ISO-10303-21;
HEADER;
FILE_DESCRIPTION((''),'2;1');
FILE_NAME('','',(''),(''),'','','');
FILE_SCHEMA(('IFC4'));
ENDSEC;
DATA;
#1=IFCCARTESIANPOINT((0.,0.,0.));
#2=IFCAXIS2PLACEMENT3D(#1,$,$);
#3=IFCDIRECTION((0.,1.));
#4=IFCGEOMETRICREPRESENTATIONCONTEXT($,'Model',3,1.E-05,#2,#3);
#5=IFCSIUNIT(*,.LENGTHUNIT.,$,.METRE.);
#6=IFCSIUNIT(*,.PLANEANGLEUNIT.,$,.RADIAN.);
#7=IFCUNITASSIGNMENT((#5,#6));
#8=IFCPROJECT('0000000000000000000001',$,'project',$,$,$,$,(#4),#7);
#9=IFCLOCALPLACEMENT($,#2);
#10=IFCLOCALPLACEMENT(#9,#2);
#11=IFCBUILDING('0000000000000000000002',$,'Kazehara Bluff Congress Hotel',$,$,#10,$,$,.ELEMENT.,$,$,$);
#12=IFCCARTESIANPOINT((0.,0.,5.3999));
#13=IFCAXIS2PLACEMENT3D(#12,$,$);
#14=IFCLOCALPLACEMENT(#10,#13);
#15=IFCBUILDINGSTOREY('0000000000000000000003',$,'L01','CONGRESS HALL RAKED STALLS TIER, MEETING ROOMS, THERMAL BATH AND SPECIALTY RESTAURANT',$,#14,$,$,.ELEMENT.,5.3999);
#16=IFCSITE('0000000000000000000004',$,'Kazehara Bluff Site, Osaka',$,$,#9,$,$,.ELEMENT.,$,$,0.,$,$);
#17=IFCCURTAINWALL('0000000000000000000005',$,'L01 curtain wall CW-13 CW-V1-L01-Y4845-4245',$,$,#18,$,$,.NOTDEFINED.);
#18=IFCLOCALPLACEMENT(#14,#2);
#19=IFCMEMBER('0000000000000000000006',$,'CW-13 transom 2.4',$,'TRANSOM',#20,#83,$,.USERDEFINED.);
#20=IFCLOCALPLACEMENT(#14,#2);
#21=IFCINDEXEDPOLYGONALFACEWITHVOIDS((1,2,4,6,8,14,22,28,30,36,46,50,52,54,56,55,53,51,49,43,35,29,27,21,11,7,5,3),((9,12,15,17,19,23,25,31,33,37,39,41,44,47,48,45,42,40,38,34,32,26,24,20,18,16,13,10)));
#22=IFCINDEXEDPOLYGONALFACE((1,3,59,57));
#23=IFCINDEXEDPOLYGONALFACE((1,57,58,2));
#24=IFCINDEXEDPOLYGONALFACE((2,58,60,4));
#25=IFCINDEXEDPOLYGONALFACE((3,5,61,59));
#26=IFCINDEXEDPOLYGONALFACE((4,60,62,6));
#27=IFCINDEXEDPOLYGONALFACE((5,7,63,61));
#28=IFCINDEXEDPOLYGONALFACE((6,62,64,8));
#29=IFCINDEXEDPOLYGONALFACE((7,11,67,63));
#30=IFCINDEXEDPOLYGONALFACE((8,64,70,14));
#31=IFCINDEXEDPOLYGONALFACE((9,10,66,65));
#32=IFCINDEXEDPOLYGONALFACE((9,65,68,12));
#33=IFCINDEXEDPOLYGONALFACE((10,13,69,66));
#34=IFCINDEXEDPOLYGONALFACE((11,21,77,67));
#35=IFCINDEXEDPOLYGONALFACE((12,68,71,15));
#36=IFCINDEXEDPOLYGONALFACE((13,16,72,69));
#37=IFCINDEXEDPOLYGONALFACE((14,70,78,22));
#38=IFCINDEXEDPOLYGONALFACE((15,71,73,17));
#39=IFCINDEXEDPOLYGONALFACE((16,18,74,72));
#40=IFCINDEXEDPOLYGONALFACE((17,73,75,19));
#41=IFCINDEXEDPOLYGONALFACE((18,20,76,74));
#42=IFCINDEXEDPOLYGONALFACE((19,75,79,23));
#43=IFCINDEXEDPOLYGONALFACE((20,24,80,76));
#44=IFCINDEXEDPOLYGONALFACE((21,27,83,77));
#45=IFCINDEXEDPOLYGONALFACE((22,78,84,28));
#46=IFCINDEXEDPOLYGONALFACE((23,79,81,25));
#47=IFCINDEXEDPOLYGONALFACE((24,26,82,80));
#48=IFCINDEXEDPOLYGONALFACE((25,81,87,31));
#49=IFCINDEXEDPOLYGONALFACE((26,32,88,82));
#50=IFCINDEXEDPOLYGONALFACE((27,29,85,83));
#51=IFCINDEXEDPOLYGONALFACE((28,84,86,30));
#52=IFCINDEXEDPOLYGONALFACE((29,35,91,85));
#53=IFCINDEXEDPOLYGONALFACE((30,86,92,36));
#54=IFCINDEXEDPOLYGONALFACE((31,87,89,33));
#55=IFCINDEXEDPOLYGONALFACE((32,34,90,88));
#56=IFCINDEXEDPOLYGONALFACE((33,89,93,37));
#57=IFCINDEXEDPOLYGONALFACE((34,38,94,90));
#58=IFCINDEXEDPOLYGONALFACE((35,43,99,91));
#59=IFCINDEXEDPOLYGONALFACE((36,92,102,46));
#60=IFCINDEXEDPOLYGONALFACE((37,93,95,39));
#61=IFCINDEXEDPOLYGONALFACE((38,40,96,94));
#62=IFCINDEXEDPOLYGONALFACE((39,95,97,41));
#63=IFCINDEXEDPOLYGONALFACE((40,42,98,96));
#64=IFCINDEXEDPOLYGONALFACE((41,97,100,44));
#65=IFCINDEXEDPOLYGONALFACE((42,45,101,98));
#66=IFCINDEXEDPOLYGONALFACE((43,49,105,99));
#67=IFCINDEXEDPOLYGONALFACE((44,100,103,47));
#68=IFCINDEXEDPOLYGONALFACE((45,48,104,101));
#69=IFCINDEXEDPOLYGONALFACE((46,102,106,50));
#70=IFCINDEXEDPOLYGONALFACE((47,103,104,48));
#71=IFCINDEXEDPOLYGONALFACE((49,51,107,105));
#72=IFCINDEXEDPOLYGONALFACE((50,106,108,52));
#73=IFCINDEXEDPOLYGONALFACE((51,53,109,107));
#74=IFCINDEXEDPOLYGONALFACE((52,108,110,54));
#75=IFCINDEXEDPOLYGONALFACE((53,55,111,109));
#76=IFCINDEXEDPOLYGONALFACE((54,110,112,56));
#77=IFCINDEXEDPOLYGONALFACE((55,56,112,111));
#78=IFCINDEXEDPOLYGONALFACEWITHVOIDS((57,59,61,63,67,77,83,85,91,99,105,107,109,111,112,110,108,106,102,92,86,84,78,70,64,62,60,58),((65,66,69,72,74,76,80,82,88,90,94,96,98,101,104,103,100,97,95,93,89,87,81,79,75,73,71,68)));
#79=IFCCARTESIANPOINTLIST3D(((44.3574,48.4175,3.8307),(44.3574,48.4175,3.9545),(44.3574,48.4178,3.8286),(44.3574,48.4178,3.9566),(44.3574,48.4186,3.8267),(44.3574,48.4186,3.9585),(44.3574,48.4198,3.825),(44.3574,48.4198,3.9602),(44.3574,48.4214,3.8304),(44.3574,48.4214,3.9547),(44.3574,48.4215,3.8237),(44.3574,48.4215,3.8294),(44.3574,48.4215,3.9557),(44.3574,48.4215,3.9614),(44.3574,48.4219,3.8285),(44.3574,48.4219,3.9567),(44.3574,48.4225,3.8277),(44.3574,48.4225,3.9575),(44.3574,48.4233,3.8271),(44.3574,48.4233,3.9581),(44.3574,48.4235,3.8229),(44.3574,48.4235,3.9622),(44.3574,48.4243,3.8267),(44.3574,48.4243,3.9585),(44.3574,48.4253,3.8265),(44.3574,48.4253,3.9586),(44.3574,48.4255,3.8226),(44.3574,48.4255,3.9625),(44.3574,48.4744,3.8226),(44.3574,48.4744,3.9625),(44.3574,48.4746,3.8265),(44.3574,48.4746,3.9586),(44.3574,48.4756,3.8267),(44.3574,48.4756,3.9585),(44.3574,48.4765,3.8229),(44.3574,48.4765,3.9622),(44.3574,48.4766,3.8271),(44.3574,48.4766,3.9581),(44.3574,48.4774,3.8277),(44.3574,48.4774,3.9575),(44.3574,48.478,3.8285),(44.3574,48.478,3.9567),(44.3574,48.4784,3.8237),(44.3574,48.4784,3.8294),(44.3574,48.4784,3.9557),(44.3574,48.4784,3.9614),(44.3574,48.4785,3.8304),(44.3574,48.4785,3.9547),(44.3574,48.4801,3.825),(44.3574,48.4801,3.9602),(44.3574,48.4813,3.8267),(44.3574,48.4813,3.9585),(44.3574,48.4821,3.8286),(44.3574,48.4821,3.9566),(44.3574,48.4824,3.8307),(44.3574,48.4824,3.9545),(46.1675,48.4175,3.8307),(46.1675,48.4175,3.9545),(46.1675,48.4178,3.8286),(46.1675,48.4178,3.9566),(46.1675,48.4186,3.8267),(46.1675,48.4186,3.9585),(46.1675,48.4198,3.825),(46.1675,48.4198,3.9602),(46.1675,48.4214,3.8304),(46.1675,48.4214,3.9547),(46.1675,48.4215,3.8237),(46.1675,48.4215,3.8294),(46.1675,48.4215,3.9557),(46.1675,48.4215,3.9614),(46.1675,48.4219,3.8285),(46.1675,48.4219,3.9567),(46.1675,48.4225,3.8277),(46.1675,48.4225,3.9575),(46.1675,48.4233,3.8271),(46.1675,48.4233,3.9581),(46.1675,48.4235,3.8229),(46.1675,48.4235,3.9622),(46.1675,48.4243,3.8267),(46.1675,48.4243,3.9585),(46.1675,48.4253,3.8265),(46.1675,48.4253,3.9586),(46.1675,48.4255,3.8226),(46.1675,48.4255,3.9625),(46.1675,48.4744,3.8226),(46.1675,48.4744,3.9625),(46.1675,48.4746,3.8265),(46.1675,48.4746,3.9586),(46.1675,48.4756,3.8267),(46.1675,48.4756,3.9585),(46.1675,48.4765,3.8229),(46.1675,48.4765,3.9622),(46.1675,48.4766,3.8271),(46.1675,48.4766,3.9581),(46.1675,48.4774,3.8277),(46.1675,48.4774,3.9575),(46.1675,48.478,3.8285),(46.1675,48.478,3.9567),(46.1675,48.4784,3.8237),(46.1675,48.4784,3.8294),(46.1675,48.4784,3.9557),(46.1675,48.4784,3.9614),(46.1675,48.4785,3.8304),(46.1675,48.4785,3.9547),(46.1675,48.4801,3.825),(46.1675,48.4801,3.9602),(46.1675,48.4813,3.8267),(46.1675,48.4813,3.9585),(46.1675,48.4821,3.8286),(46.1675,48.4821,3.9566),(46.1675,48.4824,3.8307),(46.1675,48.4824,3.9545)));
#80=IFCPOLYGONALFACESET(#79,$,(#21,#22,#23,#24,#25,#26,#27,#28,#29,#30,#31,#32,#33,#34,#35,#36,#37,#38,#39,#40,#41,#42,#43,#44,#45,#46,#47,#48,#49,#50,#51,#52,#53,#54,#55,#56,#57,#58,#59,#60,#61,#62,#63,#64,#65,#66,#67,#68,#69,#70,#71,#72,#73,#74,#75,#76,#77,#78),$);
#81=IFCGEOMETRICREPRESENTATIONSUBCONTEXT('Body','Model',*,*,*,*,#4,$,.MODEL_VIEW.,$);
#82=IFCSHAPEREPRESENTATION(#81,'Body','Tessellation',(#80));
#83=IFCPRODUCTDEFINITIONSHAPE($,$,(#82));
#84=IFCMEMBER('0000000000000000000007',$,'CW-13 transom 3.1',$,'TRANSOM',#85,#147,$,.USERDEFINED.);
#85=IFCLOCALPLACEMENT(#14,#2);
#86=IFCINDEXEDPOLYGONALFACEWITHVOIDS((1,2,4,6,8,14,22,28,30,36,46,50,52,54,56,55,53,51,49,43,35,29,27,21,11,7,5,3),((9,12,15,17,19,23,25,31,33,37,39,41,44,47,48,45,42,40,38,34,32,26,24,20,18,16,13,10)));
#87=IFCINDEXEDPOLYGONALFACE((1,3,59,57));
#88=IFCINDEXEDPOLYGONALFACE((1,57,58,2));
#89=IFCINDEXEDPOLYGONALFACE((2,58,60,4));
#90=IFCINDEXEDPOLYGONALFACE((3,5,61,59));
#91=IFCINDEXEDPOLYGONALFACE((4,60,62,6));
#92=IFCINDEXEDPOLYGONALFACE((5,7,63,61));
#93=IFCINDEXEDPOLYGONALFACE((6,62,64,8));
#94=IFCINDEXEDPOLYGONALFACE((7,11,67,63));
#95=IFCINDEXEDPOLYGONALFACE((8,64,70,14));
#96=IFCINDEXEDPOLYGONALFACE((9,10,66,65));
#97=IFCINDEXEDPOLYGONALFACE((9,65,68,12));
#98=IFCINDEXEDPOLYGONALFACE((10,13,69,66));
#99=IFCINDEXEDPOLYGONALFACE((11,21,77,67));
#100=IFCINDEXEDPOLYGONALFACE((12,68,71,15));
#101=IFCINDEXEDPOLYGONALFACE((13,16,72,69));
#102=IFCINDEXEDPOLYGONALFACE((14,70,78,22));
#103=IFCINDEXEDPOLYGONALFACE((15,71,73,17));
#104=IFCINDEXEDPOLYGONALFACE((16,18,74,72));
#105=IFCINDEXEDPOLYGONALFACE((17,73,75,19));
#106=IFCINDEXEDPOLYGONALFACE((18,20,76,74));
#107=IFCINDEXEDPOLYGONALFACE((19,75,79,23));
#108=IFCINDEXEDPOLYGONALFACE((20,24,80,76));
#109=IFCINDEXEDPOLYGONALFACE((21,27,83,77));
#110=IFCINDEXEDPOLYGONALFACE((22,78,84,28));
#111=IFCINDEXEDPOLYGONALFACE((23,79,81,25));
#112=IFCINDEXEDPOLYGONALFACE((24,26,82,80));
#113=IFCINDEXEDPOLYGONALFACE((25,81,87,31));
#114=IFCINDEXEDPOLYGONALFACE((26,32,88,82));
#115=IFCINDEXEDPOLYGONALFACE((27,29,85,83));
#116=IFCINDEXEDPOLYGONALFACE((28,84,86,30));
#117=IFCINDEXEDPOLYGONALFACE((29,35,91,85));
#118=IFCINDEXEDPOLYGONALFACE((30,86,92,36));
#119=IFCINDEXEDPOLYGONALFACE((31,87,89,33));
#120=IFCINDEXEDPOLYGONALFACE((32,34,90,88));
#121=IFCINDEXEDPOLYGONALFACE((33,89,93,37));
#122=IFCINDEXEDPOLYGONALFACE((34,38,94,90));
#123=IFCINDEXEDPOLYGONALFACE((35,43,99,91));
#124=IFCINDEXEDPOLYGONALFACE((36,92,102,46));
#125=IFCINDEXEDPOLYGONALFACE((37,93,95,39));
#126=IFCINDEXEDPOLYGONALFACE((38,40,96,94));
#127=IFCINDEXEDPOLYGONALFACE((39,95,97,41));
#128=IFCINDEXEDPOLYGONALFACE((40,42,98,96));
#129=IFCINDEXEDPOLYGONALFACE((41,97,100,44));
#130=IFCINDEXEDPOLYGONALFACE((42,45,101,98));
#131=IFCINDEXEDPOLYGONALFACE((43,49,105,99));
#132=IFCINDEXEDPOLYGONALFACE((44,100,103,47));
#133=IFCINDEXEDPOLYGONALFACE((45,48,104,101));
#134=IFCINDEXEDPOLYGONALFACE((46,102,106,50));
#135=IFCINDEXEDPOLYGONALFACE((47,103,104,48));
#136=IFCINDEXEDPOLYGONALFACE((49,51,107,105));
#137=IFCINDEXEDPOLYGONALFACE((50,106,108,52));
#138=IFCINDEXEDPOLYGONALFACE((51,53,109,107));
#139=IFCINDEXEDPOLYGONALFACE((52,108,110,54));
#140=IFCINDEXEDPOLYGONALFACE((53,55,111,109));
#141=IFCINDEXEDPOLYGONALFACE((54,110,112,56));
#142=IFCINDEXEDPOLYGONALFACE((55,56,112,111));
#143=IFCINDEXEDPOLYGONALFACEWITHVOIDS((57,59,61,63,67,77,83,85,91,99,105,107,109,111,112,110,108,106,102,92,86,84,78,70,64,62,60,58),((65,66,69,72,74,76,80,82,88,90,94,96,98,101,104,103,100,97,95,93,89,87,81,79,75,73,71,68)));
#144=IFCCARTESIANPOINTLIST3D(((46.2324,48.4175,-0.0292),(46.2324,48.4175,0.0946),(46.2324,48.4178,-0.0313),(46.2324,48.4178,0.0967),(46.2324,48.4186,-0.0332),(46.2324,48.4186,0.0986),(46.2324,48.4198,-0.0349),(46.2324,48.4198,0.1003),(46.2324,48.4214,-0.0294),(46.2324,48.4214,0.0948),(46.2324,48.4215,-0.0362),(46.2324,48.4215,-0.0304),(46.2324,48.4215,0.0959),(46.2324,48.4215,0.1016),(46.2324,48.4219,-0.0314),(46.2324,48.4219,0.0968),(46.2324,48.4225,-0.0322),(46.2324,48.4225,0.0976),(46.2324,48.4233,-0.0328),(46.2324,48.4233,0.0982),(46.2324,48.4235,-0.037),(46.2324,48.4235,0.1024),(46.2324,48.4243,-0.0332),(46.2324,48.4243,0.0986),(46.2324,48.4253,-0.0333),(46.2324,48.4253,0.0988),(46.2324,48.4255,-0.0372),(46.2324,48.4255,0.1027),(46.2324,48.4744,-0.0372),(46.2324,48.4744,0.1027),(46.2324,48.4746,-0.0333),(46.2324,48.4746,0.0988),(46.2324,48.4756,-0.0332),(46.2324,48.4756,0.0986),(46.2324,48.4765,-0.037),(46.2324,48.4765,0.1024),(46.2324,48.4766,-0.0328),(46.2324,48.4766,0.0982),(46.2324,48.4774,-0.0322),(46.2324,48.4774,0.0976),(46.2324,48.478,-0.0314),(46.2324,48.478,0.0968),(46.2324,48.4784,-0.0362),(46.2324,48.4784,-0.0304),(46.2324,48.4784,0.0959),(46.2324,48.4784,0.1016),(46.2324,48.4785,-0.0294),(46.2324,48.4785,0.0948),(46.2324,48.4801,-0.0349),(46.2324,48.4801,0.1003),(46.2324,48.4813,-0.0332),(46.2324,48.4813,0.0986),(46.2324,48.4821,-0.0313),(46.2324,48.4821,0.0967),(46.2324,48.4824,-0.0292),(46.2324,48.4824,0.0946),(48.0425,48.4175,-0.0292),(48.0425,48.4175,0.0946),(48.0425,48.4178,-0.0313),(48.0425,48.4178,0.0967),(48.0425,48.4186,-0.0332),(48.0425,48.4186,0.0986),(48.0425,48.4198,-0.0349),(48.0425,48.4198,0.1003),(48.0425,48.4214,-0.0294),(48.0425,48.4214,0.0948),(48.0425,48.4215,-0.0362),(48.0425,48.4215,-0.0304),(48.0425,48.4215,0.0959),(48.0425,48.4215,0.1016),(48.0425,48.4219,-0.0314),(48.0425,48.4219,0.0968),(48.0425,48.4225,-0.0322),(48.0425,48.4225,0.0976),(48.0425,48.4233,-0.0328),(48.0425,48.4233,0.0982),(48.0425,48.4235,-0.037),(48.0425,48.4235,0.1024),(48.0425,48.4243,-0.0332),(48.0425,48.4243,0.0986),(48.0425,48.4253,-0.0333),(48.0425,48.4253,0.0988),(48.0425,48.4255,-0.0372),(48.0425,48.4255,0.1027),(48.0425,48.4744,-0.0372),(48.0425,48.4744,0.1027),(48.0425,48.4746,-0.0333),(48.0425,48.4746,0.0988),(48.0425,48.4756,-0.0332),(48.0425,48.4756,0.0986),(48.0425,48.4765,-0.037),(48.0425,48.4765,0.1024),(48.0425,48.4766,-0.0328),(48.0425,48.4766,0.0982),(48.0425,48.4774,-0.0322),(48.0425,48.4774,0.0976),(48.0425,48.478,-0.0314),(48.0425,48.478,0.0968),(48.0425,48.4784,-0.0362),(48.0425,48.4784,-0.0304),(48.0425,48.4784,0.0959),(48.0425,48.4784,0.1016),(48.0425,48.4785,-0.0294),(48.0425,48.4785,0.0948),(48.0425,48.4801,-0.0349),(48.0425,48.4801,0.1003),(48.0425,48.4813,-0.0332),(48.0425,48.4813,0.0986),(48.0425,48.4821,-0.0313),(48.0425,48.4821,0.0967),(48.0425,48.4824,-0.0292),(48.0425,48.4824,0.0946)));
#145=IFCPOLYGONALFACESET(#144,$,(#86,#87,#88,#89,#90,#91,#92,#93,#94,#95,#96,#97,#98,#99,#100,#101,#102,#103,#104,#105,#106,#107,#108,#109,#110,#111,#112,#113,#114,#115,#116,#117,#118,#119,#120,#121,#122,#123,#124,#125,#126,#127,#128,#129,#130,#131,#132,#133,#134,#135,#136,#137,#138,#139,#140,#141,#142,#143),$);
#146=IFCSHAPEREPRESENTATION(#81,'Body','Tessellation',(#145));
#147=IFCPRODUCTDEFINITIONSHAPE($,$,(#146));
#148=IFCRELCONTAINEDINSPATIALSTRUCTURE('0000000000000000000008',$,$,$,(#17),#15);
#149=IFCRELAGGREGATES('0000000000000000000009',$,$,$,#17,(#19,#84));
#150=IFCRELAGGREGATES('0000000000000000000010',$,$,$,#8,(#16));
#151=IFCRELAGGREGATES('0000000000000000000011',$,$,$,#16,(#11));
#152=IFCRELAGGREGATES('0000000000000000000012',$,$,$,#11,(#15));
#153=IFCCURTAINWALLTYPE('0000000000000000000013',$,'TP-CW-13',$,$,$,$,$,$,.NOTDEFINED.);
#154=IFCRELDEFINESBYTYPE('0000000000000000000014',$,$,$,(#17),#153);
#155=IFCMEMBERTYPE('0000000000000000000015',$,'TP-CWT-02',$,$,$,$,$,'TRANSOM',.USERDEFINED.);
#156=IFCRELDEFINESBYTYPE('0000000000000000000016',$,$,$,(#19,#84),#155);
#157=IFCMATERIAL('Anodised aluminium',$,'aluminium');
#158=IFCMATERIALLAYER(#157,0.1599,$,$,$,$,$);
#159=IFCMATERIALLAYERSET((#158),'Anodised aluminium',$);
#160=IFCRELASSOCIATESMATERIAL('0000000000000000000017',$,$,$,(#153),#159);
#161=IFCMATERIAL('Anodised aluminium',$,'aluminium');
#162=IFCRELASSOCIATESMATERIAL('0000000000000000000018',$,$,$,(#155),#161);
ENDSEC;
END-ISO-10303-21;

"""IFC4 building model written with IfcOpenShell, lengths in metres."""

from ifc_helpers import new_model, si_unit, direction, frame, origin, origin_2d, place, context, subcontext, project, spatial, hollow_rectangle, extrude, material, layer, layer_set, material_profile, profile_set, type_object, element, aggregate, save


model = new_model("IFC4")

# Units and contexts
model_context = context("Model", 3, precision=1e-05, world=origin(), true_north=direction((0.0, 1.0)))
body_context = subcontext(model_context, "Body", "Model", "MODEL_VIEW")
ifc_project = project(units=[si_unit("LENGTHUNIT", "METRE"), si_unit("PLANEANGLEUNIT", "RADIAN")], contexts=[model_context])

# Site, building, storey
site_placement = place(None, origin())
site = spatial("IfcSite", under=ifc_project, at=site_placement, Name="Kazehara Bluff Site, Osaka", CompositionType="ELEMENT", RefElevation=0.0)
building_placement = place(site_placement, origin())
building = spatial("IfcBuilding", under=site, at=building_placement, Name="Kazehara Bluff Congress Hotel", CompositionType="ELEMENT")
storey_placement = place(building_placement, frame((0.0, 0.0, 5.3999)))
storey = spatial("IfcBuildingStorey", under=building, at=storey_placement, Name="L01", Description="CONGRESS HALL RAKED STALLS TIER, MEETING ROOMS, THERMAL BATH AND SPECIALTY RESTAURANT", CompositionType="ELEMENT", Elevation=5.3999)

# Curtain wall, members
ifc_material_1 = material(Name="Anodised aluminium", Category="aluminium")
ifc_layer_1 = layer(ifc_material_1, 0.1599)
ifc_layer_set_1 = layer_set([ifc_layer_1], Name="Anodised aluminium")
curtain_wall_type = type_object("IfcCurtainWallType", Name="TP-CW-13", PredefinedType="NOTDEFINED", material=ifc_layer_set_1)
curtain_wall_placement = place(storey_placement, origin())
curtain_wall = element("IfcCurtainWall", 1, at=curtain_wall_placement, inside=storey, type_object=curtain_wall_type, Name="L01 curtain wall CW-13 CW-V1-L01-Y4845-4245", PredefinedType="NOTDEFINED")
ifc_material_2 = material(Name="Anodised aluminium", Category="aluminium")
ifc_material_profile_1 = material_profile(ifc_material_2, hollow_rectangle(XDim=0.0649, YDim=0.1399, WallThickness=0.0039, InnerFilletRadius=0.0039, OuterFilletRadius=0.0081, at=origin_2d()))
ifc_profile_set_1 = profile_set([ifc_material_profile_1], Name="Anodised aluminium")
member_type_1 = type_object("IfcMemberType", Name="TP-CWT-02", ElementType="TRANSOM", PredefinedType="USERDEFINED", material=ifc_profile_set_1)
member_1_placement = place(storey_placement, frame((44.3574, 48.45, 3.8926), z_axis=(1.0, 0.0, 0.0), x_axis=(0.0, 1.0, 0.0)))
member_1 = element("IfcMember", 2, at=member_1_placement, type_object=member_type_1, Name="CW-13 transom 2.4", ObjectType="TRANSOM", PredefinedType="USERDEFINED", context=body_context, shape_type="SweptSolid", body=[
    extrude(hollow_rectangle(XDim=0.0649, YDim=0.1399, WallThickness=0.0039, InnerFilletRadius=0.0039, OuterFilletRadius=0.0081, at=origin_2d()), origin(), (0.0, 0.0, 1.0), 1.8101),
])
member_2_placement = place(storey_placement, frame((46.2324, 48.45, 0.0327), z_axis=(1.0, 0.0, 0.0), x_axis=(0.0, 1.0, 0.0)))
member_2 = element("IfcMember", 3, at=member_2_placement, type_object=member_type_1, Name="CW-13 transom 3.1", ObjectType="TRANSOM", PredefinedType="USERDEFINED", context=body_context, shape_type="SweptSolid", body=[
    extrude(hollow_rectangle(XDim=0.0649, YDim=0.1399, WallThickness=0.0039, InnerFilletRadius=0.0039, OuterFilletRadius=0.0081, at=origin_2d()), origin(), (0.0, 0.0, 1.0), 1.8101),
])
aggregate(curtain_wall, [member_1, member_2])

save(model, "model.ifc")
